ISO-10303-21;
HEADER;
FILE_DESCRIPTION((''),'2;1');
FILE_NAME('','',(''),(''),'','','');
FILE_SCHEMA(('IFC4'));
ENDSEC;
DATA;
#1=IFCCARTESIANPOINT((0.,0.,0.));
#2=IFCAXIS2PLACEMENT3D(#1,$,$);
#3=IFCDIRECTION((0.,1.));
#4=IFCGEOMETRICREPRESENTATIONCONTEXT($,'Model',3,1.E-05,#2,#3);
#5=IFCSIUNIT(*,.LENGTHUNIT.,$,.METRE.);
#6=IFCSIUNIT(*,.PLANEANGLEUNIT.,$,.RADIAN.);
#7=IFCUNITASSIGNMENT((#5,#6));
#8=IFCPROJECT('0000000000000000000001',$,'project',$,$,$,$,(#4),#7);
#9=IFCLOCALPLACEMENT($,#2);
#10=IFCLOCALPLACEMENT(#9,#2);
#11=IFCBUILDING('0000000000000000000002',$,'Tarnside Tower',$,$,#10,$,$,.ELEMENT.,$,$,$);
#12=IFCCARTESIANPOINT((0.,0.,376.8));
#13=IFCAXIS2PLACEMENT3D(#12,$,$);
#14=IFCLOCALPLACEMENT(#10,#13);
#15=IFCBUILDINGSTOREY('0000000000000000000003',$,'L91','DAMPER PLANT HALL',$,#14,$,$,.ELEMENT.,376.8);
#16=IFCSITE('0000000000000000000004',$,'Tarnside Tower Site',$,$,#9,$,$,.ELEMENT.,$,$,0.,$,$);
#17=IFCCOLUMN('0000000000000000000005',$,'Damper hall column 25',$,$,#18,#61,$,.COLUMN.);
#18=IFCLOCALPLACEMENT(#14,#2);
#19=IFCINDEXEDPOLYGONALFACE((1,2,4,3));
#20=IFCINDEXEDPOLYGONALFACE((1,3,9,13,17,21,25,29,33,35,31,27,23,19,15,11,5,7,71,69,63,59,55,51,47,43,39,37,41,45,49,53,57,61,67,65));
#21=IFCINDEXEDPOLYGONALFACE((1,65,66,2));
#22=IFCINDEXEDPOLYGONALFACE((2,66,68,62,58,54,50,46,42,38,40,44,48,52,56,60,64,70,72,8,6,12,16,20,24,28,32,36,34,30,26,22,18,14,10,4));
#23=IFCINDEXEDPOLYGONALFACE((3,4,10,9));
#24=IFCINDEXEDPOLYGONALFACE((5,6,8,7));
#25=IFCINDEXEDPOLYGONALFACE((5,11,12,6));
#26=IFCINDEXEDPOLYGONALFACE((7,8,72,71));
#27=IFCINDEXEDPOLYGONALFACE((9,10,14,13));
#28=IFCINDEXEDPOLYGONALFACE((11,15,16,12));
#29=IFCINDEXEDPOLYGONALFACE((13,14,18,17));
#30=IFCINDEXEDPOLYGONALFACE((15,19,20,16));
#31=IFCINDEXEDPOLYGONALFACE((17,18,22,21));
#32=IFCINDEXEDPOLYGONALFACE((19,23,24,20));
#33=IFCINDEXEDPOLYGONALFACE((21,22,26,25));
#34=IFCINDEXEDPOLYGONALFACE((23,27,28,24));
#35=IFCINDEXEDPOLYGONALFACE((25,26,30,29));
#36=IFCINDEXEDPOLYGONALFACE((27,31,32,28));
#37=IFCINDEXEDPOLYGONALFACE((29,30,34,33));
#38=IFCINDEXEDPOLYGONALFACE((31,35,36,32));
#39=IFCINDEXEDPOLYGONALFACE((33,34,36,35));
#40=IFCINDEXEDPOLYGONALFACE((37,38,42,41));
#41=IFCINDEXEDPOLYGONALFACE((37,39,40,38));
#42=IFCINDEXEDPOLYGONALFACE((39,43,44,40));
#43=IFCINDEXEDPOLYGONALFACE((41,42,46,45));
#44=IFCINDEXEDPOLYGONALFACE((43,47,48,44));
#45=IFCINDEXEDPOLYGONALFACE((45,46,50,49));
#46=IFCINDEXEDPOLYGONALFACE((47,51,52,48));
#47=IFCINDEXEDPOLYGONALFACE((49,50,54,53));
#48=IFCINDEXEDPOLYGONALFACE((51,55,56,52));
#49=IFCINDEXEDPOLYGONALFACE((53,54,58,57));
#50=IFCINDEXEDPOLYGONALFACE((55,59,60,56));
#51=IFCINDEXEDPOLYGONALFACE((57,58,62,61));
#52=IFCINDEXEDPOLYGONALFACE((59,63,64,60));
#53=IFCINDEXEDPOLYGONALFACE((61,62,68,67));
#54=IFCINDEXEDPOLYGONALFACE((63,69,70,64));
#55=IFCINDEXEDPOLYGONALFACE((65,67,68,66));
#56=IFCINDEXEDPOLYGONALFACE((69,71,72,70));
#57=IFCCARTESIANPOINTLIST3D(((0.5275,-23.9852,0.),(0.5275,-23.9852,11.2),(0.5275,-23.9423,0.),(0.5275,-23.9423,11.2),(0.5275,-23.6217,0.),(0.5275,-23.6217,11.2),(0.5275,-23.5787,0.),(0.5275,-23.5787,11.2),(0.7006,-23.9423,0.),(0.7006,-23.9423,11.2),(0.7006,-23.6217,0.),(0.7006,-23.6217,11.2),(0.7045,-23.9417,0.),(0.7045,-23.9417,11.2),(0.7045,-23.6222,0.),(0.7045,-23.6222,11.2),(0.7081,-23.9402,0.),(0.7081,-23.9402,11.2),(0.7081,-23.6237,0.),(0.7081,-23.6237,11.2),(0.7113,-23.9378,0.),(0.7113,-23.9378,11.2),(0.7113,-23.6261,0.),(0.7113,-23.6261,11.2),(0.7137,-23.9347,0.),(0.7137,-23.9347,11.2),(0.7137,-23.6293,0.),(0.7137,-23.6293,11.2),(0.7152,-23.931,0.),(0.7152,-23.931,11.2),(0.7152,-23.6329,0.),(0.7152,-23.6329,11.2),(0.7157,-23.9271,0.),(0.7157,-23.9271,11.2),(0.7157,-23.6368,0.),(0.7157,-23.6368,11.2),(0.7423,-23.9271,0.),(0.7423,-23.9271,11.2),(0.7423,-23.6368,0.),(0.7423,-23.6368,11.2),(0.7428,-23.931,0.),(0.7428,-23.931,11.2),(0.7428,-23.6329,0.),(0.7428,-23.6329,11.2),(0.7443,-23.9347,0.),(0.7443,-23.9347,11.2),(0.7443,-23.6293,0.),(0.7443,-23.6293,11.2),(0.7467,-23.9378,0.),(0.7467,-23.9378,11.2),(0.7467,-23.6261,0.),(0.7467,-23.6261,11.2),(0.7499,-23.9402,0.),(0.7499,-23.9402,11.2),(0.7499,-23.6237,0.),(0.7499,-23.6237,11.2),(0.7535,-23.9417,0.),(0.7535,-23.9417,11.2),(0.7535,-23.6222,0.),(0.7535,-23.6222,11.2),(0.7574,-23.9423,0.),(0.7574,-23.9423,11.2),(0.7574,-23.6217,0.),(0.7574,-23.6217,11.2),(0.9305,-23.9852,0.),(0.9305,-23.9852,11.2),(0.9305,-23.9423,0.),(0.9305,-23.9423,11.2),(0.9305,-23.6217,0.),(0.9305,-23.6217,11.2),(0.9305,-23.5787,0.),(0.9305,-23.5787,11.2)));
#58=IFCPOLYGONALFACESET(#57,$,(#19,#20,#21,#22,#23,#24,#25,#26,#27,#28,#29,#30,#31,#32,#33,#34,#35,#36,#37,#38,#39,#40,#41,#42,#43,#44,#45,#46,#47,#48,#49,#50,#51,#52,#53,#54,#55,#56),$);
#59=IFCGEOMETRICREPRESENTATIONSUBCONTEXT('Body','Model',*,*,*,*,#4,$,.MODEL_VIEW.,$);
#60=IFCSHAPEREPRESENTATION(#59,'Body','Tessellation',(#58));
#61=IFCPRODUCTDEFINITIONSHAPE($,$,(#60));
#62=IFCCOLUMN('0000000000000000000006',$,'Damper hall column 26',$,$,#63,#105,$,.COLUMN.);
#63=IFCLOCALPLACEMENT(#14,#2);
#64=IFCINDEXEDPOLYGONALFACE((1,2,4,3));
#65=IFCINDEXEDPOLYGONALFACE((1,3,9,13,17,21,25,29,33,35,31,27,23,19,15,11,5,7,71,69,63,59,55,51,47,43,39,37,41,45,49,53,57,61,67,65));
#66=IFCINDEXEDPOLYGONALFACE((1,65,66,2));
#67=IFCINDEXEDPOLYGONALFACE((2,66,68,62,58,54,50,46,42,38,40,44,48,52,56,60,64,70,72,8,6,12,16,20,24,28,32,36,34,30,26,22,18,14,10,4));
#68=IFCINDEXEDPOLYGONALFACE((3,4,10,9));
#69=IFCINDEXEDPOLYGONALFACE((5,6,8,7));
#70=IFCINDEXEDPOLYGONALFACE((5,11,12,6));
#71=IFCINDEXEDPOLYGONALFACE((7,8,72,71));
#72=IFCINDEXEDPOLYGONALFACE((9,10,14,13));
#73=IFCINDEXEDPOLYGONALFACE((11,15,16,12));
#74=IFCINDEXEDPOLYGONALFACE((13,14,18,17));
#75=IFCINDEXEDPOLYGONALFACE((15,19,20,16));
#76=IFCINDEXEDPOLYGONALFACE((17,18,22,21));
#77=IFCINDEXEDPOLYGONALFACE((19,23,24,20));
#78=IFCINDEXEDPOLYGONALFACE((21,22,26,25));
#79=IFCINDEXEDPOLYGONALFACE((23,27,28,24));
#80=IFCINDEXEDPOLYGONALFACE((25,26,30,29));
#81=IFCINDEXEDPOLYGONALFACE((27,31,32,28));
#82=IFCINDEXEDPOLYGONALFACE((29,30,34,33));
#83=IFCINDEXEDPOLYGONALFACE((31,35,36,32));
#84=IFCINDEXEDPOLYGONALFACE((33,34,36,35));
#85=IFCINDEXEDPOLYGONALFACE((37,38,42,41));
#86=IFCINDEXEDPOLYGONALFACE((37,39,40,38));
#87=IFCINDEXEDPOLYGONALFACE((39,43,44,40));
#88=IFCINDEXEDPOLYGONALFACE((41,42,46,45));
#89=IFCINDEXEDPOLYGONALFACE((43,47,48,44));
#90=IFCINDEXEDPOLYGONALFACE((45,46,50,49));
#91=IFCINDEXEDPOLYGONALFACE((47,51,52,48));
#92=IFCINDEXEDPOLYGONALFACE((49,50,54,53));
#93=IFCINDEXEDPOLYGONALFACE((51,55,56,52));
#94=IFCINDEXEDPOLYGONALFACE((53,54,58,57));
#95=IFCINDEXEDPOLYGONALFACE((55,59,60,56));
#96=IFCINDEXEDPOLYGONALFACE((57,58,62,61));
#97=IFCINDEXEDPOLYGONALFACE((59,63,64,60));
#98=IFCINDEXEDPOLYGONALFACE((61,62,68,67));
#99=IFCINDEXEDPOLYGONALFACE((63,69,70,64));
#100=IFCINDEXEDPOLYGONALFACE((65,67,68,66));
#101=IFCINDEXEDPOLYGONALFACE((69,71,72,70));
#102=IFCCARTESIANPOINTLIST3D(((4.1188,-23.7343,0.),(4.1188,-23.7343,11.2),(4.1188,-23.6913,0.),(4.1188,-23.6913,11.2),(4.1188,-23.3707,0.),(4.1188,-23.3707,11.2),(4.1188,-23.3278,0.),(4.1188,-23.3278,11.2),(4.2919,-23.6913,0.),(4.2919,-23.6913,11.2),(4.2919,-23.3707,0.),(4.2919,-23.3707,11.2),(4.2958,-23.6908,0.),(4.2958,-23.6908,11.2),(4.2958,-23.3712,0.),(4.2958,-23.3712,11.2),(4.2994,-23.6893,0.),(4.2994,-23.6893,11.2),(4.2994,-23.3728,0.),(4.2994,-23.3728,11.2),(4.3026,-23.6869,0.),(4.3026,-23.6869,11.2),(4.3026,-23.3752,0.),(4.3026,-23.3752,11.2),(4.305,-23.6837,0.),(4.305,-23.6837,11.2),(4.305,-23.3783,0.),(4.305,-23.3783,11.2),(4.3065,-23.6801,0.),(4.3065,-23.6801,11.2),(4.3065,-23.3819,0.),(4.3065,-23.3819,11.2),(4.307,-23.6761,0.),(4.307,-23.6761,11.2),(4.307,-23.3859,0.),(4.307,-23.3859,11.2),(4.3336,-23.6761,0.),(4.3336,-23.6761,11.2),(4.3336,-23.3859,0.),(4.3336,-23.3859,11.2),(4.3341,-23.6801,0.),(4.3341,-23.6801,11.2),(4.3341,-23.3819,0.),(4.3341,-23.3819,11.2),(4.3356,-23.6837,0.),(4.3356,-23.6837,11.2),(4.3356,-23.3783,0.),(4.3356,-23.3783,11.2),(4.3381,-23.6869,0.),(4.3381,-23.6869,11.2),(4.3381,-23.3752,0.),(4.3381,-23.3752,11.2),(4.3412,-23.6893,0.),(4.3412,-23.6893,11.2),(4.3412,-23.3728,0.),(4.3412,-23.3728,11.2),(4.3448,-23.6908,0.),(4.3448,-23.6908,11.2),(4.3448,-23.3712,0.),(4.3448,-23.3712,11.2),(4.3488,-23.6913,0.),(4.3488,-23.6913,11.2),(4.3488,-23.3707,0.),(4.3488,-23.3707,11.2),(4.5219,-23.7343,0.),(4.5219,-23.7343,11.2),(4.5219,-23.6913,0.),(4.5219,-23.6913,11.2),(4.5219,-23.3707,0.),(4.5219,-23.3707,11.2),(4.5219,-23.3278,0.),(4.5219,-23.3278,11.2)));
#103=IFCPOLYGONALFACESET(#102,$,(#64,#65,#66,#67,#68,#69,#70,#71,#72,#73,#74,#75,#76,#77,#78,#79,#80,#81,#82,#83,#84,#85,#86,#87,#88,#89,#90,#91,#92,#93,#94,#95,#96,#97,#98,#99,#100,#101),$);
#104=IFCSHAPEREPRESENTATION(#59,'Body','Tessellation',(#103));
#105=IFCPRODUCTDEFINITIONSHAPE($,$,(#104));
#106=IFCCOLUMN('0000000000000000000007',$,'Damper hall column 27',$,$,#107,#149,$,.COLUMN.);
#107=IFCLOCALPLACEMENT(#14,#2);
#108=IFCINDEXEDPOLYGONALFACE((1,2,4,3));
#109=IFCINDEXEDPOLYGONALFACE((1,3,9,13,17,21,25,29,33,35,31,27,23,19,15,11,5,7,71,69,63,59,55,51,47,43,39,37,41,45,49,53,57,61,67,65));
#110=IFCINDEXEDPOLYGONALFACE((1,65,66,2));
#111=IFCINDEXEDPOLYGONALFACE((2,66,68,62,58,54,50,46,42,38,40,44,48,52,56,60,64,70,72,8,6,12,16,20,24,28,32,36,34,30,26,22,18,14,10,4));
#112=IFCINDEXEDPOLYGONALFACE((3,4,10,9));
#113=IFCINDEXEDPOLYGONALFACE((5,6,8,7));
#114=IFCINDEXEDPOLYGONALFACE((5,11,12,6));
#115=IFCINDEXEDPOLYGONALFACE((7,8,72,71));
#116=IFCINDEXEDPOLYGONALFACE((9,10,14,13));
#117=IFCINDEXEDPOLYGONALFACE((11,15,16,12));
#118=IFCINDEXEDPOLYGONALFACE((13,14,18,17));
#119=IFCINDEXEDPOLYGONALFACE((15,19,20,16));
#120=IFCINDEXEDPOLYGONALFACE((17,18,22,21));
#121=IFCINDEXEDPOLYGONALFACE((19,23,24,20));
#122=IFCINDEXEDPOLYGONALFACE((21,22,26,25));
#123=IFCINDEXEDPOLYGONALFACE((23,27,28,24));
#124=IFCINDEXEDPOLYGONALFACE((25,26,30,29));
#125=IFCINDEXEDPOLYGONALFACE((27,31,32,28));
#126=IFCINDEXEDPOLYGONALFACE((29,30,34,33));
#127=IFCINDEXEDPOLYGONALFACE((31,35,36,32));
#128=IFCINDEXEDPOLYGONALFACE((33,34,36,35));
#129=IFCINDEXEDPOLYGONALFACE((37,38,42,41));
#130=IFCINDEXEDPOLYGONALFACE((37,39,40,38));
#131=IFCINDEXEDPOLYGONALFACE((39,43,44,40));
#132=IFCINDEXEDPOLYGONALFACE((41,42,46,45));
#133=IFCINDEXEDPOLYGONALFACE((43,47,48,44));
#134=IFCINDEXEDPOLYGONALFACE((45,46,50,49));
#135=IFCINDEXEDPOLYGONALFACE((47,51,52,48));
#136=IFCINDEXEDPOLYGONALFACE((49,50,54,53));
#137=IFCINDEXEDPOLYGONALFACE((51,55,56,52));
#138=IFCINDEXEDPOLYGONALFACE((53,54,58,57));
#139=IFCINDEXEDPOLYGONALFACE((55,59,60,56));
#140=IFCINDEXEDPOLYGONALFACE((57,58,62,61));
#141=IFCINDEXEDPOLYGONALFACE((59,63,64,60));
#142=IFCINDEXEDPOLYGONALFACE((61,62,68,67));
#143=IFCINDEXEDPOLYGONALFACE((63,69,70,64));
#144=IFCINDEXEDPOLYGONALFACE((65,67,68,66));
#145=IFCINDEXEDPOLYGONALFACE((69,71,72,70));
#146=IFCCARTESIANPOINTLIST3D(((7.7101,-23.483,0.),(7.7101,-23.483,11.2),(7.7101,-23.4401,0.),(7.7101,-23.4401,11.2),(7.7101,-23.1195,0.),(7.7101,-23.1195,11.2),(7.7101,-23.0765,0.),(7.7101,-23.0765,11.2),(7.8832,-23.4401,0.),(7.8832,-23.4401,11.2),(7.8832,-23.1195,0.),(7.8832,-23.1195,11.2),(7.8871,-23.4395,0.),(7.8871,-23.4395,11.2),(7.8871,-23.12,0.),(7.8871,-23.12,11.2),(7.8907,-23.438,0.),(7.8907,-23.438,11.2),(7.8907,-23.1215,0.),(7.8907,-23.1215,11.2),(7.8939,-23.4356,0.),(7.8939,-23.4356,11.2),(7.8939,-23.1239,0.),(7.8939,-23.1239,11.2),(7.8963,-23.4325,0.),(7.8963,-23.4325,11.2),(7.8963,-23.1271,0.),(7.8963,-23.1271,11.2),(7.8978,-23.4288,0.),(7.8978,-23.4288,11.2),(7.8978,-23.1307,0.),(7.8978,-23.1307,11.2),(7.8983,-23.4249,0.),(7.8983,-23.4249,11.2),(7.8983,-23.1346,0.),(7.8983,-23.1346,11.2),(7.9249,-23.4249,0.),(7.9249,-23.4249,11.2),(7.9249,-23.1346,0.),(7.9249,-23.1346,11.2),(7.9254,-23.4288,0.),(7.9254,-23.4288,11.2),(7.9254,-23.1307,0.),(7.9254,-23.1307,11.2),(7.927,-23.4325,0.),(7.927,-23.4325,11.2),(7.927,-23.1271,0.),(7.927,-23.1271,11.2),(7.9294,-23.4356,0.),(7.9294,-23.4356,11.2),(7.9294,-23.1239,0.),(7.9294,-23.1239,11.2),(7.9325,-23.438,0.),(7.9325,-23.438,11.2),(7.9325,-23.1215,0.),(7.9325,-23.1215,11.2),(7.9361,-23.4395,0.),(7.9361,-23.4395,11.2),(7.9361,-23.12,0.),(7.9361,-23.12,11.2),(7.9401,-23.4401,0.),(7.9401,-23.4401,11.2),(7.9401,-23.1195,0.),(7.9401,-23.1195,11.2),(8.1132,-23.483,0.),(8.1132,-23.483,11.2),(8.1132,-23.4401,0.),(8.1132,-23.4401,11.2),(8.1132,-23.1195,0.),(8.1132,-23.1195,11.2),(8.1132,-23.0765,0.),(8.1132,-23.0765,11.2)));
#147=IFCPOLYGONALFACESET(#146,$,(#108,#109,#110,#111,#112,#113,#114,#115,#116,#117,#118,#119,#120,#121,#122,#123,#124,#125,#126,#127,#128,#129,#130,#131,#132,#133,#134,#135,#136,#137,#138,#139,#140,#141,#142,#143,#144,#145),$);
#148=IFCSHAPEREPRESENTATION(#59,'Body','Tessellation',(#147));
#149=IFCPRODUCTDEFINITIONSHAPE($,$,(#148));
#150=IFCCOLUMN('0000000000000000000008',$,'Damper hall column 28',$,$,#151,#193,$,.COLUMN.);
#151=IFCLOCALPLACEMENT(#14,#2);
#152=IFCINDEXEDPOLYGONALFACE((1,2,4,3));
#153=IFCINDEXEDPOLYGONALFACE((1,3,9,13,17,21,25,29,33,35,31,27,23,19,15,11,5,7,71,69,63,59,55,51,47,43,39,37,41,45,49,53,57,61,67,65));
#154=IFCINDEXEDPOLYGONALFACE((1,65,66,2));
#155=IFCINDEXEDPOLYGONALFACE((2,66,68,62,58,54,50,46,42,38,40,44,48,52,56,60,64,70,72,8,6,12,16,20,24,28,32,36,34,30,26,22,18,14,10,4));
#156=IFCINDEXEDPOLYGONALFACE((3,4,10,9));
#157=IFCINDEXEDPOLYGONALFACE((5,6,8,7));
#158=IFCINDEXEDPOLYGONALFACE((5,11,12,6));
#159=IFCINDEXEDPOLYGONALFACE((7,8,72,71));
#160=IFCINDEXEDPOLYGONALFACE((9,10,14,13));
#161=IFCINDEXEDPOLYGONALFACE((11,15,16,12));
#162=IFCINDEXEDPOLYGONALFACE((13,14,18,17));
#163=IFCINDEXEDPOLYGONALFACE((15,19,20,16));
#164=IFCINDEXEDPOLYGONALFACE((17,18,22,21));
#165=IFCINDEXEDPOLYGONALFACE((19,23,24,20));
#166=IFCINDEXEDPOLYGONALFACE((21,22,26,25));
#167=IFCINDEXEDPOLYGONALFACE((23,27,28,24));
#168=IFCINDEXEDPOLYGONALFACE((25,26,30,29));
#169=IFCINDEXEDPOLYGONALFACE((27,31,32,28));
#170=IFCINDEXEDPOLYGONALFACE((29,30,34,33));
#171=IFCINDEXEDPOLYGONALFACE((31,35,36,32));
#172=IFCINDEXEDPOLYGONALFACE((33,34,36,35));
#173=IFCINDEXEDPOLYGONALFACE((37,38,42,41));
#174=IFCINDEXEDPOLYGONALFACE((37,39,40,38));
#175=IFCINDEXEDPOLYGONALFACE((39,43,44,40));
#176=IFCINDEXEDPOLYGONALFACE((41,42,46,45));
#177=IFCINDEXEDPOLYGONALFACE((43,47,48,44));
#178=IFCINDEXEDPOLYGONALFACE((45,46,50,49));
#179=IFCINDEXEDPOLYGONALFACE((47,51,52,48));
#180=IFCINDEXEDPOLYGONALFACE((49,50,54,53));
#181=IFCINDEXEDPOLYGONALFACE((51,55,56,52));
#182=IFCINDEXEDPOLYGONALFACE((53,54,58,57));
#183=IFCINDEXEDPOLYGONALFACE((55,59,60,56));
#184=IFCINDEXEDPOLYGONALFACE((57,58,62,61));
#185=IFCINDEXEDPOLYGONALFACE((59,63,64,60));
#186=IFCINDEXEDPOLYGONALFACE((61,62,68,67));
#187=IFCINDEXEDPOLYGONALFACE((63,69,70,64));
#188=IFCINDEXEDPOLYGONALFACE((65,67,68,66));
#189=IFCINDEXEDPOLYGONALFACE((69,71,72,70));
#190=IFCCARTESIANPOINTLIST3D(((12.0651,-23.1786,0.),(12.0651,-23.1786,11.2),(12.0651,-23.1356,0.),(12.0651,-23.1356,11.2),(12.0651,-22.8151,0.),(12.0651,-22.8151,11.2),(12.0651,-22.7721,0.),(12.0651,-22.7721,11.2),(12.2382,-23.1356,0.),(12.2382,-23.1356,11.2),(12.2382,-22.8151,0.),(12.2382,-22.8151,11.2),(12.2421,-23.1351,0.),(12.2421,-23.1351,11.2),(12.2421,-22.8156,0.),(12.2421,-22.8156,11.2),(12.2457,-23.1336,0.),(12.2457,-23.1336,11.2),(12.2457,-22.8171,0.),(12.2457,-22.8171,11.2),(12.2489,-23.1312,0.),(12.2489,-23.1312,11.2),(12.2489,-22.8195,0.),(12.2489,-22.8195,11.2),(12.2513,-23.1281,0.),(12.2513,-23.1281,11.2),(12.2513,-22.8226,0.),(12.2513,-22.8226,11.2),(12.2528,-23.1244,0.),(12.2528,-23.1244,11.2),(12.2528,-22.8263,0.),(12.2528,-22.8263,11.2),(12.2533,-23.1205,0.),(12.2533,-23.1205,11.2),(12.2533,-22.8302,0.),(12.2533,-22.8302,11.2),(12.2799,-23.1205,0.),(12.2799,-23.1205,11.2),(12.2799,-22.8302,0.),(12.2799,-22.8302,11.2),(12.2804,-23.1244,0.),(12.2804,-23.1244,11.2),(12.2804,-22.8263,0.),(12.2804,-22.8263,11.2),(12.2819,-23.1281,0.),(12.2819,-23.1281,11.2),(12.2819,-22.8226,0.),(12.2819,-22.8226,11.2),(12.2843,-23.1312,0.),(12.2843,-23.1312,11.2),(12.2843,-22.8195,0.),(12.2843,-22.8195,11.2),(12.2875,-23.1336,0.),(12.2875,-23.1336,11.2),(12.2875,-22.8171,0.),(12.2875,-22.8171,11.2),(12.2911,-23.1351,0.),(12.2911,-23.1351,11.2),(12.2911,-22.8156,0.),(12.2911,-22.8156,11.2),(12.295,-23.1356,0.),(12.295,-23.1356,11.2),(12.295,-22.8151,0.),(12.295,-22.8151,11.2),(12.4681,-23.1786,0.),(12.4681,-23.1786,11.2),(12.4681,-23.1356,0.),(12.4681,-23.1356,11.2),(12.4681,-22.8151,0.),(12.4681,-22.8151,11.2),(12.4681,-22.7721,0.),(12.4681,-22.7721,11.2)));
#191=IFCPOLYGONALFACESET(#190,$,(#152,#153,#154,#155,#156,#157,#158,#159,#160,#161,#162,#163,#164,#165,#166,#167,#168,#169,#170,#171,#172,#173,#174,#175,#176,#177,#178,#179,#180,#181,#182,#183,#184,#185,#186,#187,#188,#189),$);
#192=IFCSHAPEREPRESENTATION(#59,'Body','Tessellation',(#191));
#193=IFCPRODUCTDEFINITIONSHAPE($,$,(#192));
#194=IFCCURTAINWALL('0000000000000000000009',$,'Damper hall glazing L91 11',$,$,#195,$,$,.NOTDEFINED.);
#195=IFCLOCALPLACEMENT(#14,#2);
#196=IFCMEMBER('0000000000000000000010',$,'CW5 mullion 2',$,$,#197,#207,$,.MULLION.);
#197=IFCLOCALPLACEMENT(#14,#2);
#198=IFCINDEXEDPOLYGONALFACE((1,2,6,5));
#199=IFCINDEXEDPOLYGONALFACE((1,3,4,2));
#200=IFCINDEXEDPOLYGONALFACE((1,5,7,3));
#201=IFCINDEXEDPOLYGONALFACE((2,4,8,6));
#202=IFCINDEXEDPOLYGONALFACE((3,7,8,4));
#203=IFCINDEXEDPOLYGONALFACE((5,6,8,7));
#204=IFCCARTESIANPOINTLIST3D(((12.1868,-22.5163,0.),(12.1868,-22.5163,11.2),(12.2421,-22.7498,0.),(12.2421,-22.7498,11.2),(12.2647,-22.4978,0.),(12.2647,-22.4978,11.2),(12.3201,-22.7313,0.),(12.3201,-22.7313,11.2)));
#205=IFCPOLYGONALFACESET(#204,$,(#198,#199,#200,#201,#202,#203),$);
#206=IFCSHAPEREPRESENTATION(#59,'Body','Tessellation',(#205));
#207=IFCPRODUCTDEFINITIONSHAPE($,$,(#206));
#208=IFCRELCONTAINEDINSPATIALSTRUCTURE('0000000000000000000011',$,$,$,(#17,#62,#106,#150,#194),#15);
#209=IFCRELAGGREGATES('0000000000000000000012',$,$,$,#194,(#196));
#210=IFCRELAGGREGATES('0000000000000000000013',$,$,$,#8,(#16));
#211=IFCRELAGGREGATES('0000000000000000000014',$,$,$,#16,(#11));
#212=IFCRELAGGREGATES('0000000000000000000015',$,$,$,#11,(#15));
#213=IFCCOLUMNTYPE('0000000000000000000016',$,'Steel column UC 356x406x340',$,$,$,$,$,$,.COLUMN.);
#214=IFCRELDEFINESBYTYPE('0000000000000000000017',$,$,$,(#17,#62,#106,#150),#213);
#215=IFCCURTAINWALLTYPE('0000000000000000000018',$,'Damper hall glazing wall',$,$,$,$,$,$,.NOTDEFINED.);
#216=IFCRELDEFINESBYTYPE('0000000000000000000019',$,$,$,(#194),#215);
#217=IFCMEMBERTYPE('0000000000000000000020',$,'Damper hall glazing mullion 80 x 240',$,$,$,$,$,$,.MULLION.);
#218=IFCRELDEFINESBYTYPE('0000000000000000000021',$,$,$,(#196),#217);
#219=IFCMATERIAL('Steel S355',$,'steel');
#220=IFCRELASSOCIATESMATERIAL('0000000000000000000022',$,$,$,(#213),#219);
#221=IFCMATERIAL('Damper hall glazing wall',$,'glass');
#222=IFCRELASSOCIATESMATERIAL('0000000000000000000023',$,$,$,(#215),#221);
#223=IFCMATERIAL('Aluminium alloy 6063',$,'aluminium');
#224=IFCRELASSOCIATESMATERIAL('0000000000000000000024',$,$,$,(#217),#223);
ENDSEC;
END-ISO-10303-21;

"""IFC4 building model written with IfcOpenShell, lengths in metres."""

from ifc_helpers import new_model, si_unit, direction, frame, origin, origin_2d, place, context, subcontext, project, spatial, rectangle, i_section, extrude, material, material_profile, profile_set, type_object, element, aggregate, save


model = new_model("IFC4")

# Units and contexts
model_context = context("Model", 3, precision=1e-05, world=origin(), true_north=direction((0.0, 1.0)))
body_context = subcontext(model_context, "Body", "Model", "MODEL_VIEW")
ifc_project = project(units=[si_unit("LENGTHUNIT", "METRE"), si_unit("PLANEANGLEUNIT", "RADIAN")], contexts=[model_context])

# Site, building, storey
site_placement = place(None, origin())
site = spatial("IfcSite", under=ifc_project, at=site_placement, Name="Tarnside Tower Site", CompositionType="ELEMENT", RefElevation=0.0)
building_placement = place(site_placement, origin())
building = spatial("IfcBuilding", under=site, at=building_placement, Name="Tarnside Tower", CompositionType="ELEMENT")
storey_placement = place(building_placement, frame((0.0, 0.0, 376.8)))
storey = spatial("IfcBuildingStorey", under=building, at=storey_placement, Name="L91", Description="DAMPER PLANT HALL", CompositionType="ELEMENT", Elevation=376.8)

# Columns
ifc_material_1 = material(Name="Steel S355", Category="steel")
ifc_material_profile_1 = material_profile(ifc_material_1, i_section(OverallWidth=0.4031, OverallDepth=0.4065, WebThickness=0.0266, FlangeThickness=0.043, FilletRadius=0.0151, at=origin_2d()), Name="UC 356x406x340")
ifc_profile_set_1 = profile_set([ifc_material_profile_1], Name="Steel S355")
column_type = type_object("IfcColumnType", Name="Steel column UC 356x406x340", PredefinedType="COLUMN", material=ifc_profile_set_1)
for number, where, z_axis, x_axis, name in (
    (1, (0.729, -23.782, 0.0), (0.0, 0.0, 1.0), (1.0, 0.0, 0.0), "Damper hall column 25"),
    (2, (4.3203, -23.531, 0.0), (0.0, 0.0, 1.0), (1.0, 0.0, 0.0), "Damper hall column 26"),
    (3, (7.9116, -23.2798, 0.0), (0.0, 0.0, 1.0), (1.0, 0.0, 0.0), "Damper hall column 27"),
    (4, (12.2666, -22.9753, 0.0), (0.0, 0.0, 1.0), (1.0, 0.0, 0.0), "Damper hall column 28"),
):
    element("IfcColumn", number, at=place(storey_placement, frame(where, z_axis=z_axis, x_axis=x_axis)), inside=storey, type_object=column_type, Name=name, PredefinedType="COLUMN", context=body_context, shape_type="SweptSolid", body=[
        extrude(i_section(OverallWidth=0.4031, OverallDepth=0.4065, WebThickness=0.0266, FlangeThickness=0.043, FilletRadius=0.0151, at=origin_2d()), origin(), (0.0, 0.0, 1.0), 11.2),
    ])

# Curtain wall, member
ifc_material_2 = material(Name="Damper hall glazing wall", Category="glass")
curtain_wall_type = type_object("IfcCurtainWallType", Name="Damper hall glazing wall", PredefinedType="NOTDEFINED", material=ifc_material_2)
curtain_wall_1_placement = place(storey_placement, origin())
curtain_wall_1 = element("IfcCurtainWall", 5, at=curtain_wall_1_placement, inside=storey, type_object=curtain_wall_type, Name="Damper hall glazing L91 11", PredefinedType="NOTDEFINED")
ifc_material_3 = material(Name="Aluminium alloy 6063", Category="aluminium")
ifc_material_profile_2 = material_profile(ifc_material_3, rectangle(XDim=0.24, YDim=0.0801, at=origin_2d()), Name="Damper hall glazing mullion 80 x 240")
ifc_profile_set_2 = profile_set([ifc_material_profile_2], Name="Aluminium alloy 6063")
member_type_1 = type_object("IfcMemberType", Name="Damper hall glazing mullion 80 x 240", PredefinedType="MULLION", material=ifc_profile_set_2)
member_1_placement = place(storey_placement, frame((12.2534, -22.6238, 0.0), z_axis=(0.0, 0.0, 1.0), x_axis=(0.230616, -0.973045, 0.0)))
member_1 = element("IfcMember", 6, at=member_1_placement, type_object=member_type_1, Name="CW5 mullion 2", PredefinedType="MULLION", context=body_context, shape_type="SweptSolid", body=[
    extrude(rectangle(XDim=0.24, YDim=0.0801, at=origin_2d()), origin(), (0.0, 0.0, 1.0), 11.2),
])

aggregate(curtain_wall_1, [member_1])

save(model, "model.ifc")
